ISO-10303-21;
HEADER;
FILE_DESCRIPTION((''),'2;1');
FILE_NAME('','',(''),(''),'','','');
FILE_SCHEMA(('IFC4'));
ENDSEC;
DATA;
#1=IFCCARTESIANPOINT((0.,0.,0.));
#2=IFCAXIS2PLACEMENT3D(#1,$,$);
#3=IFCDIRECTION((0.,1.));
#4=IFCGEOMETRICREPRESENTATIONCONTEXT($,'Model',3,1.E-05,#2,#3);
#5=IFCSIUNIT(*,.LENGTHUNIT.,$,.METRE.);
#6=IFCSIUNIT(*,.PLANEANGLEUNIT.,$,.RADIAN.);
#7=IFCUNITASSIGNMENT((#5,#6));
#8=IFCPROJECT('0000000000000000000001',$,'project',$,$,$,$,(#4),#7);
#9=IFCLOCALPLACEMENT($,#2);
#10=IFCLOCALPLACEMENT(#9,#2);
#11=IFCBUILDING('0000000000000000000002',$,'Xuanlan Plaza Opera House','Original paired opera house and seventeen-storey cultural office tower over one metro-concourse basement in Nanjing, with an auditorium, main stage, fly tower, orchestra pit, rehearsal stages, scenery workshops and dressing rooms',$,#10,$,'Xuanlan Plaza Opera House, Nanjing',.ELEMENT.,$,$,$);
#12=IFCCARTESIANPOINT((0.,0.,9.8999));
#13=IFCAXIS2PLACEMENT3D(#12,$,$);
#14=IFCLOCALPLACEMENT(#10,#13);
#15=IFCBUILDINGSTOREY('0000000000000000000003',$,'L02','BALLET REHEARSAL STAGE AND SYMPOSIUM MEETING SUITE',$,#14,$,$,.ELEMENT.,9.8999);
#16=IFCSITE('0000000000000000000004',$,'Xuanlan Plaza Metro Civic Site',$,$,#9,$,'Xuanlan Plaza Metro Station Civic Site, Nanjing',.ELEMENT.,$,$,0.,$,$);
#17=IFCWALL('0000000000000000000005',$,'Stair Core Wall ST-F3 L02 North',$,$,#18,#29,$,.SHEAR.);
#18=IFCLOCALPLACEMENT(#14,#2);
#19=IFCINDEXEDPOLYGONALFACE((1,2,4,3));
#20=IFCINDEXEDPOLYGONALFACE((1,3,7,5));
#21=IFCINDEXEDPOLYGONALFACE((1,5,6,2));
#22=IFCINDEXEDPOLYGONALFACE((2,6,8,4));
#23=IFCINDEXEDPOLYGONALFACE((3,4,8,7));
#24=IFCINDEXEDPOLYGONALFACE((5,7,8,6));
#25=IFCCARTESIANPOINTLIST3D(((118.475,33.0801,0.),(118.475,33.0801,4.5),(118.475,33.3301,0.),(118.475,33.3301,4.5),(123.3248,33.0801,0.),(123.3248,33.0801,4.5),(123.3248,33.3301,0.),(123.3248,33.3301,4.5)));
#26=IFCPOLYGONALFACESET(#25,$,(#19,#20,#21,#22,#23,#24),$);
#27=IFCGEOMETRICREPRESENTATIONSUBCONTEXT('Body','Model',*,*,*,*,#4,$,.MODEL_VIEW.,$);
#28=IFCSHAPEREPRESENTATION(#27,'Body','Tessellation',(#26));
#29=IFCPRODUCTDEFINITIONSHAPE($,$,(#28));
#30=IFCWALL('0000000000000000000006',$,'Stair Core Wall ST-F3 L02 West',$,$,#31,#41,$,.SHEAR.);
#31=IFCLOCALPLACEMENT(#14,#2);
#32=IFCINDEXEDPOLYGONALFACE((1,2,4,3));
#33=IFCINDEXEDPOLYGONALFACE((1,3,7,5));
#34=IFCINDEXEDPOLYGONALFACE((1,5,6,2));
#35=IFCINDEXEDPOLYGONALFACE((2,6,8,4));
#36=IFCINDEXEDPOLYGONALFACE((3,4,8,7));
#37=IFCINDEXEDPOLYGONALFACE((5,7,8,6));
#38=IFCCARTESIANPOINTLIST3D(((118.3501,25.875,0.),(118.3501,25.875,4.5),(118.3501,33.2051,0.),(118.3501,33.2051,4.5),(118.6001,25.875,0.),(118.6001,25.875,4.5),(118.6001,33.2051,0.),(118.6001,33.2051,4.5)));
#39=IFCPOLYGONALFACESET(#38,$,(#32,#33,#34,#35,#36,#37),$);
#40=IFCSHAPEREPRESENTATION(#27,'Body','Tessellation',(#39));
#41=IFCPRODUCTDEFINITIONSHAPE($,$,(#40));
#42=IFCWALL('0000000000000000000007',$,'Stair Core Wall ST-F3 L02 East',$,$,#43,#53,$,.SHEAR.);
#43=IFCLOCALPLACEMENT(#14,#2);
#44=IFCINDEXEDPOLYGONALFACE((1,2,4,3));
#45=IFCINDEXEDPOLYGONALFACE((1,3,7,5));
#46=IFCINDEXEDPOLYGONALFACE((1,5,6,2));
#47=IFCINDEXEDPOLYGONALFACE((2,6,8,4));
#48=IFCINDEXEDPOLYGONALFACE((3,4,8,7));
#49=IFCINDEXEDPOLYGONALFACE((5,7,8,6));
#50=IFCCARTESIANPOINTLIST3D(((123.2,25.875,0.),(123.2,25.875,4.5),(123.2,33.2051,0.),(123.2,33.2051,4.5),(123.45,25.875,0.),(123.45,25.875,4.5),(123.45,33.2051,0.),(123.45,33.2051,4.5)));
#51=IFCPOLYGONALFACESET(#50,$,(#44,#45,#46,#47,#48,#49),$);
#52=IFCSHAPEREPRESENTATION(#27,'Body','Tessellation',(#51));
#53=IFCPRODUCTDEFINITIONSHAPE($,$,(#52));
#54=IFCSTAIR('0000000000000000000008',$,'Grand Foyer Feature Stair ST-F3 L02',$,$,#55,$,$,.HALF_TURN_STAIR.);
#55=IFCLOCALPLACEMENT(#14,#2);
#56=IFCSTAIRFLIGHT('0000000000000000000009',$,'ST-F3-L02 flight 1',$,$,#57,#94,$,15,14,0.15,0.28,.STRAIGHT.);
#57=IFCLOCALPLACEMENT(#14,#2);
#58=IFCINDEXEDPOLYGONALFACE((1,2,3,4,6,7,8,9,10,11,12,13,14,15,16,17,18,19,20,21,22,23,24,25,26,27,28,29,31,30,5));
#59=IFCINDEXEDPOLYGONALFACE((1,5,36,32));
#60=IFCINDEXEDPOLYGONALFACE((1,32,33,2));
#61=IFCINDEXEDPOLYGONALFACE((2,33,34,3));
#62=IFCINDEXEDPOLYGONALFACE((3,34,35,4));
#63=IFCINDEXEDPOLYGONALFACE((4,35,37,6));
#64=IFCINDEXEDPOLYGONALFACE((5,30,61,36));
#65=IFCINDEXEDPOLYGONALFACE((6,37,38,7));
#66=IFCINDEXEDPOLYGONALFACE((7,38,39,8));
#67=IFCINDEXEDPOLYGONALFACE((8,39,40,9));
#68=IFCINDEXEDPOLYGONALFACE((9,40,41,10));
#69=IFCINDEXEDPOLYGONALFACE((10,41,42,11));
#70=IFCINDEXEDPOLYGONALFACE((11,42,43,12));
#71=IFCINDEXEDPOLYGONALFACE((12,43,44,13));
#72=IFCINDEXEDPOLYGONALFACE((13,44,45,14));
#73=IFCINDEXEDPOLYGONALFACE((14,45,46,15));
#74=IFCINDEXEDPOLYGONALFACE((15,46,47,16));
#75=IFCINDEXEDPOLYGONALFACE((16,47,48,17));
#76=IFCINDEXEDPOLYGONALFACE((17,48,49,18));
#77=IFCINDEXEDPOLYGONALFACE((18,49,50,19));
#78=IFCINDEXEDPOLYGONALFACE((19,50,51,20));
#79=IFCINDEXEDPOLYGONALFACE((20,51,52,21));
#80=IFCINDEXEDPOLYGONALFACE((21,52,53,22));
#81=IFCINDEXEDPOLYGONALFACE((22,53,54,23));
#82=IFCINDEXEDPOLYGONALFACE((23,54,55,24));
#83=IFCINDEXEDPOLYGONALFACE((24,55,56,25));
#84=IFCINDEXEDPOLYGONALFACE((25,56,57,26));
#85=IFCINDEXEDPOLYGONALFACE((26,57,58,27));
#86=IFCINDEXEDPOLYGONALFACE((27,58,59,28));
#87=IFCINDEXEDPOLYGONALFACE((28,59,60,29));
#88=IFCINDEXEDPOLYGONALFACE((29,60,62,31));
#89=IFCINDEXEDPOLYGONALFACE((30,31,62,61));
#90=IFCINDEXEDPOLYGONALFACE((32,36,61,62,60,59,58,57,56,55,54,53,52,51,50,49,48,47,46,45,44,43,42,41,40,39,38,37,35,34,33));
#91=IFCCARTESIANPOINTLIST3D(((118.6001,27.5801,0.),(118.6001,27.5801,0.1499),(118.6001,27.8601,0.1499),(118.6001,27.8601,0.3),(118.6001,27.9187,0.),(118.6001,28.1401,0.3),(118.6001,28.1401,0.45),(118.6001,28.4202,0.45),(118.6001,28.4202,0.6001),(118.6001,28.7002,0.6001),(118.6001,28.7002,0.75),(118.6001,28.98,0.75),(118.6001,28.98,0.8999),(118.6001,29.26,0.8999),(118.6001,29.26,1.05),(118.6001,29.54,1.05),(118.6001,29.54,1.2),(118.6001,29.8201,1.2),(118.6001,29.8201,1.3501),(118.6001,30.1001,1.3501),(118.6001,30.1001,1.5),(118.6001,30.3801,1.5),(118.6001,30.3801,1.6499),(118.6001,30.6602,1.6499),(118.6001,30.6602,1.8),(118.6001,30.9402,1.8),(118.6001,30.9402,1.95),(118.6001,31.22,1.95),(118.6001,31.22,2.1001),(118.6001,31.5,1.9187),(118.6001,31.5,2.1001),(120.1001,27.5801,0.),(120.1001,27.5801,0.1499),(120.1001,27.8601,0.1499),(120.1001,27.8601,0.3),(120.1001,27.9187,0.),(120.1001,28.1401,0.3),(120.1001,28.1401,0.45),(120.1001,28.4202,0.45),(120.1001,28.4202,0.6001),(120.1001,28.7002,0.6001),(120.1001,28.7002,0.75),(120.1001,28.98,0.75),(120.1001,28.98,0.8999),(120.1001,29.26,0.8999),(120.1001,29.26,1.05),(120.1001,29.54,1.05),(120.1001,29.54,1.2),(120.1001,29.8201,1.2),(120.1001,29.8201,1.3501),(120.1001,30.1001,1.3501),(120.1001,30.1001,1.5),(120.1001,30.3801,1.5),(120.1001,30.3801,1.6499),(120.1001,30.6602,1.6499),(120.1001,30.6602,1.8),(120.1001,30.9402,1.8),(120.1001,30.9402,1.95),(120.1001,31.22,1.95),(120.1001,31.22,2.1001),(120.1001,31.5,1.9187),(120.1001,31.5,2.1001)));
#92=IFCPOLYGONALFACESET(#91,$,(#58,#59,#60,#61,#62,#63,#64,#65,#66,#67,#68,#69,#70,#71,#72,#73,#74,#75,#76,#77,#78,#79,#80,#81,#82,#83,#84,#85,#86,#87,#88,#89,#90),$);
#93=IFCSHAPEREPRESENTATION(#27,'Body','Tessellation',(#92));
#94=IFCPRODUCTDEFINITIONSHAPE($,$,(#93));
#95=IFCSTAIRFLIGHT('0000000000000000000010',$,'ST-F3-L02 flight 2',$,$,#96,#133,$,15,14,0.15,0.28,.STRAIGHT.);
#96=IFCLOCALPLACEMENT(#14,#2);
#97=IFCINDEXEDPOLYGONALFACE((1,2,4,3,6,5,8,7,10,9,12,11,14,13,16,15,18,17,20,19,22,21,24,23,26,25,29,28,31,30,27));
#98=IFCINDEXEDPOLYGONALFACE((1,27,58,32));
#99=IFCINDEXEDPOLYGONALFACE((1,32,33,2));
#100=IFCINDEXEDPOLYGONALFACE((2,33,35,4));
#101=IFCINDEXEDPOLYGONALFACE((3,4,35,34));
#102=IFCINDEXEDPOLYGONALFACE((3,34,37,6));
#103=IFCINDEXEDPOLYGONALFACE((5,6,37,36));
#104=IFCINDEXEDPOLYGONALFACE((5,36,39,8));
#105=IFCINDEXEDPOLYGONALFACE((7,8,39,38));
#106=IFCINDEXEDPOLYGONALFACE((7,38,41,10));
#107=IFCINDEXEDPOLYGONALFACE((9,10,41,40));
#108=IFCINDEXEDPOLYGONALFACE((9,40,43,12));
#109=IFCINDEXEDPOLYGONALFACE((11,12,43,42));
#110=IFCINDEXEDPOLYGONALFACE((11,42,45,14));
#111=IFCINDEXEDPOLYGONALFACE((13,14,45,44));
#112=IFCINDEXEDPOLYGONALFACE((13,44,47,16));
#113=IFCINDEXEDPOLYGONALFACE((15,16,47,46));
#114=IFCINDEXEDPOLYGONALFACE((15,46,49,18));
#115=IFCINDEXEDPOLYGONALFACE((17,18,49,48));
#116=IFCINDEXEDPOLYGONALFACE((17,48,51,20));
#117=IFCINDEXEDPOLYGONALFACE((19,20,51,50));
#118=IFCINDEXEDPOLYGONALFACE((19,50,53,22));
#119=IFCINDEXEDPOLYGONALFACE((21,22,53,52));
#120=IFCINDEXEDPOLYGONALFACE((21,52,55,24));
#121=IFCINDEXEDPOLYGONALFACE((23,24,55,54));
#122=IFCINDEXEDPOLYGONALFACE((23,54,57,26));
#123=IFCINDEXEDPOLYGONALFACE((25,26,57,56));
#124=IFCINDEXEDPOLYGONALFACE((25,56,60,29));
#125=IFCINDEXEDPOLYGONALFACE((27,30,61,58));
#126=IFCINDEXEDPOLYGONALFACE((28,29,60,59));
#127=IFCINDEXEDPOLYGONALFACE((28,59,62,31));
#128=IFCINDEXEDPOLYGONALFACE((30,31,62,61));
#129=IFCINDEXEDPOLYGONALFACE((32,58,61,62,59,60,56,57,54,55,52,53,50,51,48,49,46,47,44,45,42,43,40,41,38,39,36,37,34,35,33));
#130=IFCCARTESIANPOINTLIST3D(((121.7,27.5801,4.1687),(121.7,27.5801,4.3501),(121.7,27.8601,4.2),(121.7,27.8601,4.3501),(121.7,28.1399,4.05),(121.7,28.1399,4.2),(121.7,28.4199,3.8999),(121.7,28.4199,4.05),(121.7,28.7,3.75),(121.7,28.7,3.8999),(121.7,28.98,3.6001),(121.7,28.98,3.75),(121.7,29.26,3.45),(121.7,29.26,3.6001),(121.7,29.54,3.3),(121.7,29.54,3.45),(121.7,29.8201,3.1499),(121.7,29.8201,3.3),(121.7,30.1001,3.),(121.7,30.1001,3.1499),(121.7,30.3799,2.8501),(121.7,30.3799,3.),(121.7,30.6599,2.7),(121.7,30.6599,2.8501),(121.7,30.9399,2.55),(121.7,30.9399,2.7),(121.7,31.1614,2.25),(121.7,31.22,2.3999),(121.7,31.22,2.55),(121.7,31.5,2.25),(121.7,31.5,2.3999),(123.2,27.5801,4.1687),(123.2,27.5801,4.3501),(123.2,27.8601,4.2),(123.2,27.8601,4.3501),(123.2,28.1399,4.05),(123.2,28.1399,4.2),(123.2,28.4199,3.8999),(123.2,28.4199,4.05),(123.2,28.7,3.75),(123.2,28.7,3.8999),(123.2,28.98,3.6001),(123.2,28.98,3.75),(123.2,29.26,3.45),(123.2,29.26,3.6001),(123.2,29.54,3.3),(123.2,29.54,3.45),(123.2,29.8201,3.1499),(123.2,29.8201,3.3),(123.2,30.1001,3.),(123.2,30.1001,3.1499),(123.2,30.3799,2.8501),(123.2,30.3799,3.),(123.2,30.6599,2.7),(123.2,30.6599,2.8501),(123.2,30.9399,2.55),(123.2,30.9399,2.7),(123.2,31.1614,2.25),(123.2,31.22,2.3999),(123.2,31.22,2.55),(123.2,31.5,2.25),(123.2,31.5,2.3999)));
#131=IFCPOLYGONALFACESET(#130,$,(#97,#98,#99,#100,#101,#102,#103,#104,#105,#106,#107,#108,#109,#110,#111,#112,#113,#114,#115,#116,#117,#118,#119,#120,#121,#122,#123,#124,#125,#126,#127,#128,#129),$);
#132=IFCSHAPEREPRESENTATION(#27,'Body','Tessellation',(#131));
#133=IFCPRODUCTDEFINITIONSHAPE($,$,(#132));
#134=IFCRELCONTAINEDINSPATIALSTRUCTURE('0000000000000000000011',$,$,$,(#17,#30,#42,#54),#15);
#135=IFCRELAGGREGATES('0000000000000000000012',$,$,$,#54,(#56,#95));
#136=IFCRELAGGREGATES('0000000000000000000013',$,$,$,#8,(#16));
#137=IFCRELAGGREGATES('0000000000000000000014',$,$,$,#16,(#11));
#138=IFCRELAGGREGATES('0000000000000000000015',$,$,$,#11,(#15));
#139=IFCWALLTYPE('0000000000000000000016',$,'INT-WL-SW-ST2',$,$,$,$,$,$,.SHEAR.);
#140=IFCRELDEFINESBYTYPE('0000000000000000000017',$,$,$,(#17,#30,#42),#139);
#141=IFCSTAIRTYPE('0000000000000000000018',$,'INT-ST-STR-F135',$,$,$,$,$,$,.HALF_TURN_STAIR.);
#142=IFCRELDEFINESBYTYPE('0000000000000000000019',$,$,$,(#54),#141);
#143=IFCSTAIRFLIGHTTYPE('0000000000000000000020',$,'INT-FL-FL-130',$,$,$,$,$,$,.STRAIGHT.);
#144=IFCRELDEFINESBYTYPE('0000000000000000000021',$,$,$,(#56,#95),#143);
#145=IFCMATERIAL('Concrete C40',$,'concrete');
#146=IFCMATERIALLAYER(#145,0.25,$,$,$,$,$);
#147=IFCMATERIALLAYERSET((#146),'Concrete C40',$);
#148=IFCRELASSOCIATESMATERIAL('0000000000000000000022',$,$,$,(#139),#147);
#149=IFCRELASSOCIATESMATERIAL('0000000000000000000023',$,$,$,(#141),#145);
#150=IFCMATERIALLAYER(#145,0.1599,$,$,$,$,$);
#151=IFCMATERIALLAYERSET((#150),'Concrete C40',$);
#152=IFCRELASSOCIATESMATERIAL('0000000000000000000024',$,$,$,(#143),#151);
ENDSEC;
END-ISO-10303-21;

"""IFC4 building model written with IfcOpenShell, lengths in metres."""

from ifc_helpers import new_model, si_unit, direction, frame, frame_2d, origin, place, context, subcontext, project, spatial, polyline, rectangle, outline, extrude, material, layer, layer_set, type_object, element, aggregate, save


model = new_model("IFC4")

# Units and contexts
model_context = context("Model", 3, precision=1e-05, world=origin(), true_north=direction((0.0, 1.0)))
body_context = subcontext(model_context, "Body", "Model", "MODEL_VIEW")
ifc_project = project(units=[si_unit("LENGTHUNIT", "METRE"), si_unit("PLANEANGLEUNIT", "RADIAN")], contexts=[model_context])

# Site, building, storey
site_placement = place(None, origin())
site = spatial("IfcSite", under=ifc_project, at=site_placement, Name="Xuanlan Plaza Metro Civic Site", LongName="Xuanlan Plaza Metro Station Civic Site, Nanjing", CompositionType="ELEMENT", RefElevation=0.0)
building_placement = place(site_placement, origin())
building = spatial("IfcBuilding", under=site, at=building_placement, Name="Xuanlan Plaza Opera House", Description="Original paired opera house and seventeen-storey cultural office tower over one metro-concourse basement in Nanjing, with an auditorium, main stage, fly tower, orchestra pit, rehearsal stages, scenery workshops and dressing rooms", LongName="Xuanlan Plaza Opera House, Nanjing", CompositionType="ELEMENT")
storey_placement = place(building_placement, frame((0.0, 0.0, 9.8999)))
storey = spatial("IfcBuildingStorey", under=building, at=storey_placement, Name="L02", Description="BALLET REHEARSAL STAGE AND SYMPOSIUM MEETING SUITE", CompositionType="ELEMENT", Elevation=9.8999)

# Shared definitions
ifc_material_1 = material(Name="Concrete C40", Category="concrete")

# Shared definitions
ifc_layer_1 = layer(ifc_material_1, 0.25)
ifc_layer_set_1 = layer_set([ifc_layer_1], Name="Concrete C40")
wall_type_1 = type_object("IfcWallType", Name="INT-WL-SW-ST2", PredefinedType="SHEAR", material=ifc_layer_set_1)

# Walls
wall_1_placement = place(storey_placement, frame((118.4751, 33.2051, 0.0), z_axis=(0.0, 0.0, 1.0), x_axis=(1.0, 0.0, 0.0)))
element("IfcWall", 1, at=wall_1_placement, inside=storey, type_object=wall_type_1, Name="Stair Core Wall ST-F3 L02 North", PredefinedType="SHEAR", context=body_context, shape_type="SweptSolid", body=[
    extrude(rectangle(XDim=4.8499, YDim=0.25, at=frame_2d((2.4248, 0.0))), origin(), (0.0, 0.0, 1.0), 4.5),
])
for number, where, z_axis, x_axis, name in (
    (2, (118.4751, 25.875, 0.0), (0.0, 0.0, 1.0), (0.0, 1.0, 0.0), "Stair Core Wall ST-F3 L02 West"),
    (3, (123.325, 25.875, 0.0), (0.0, 0.0, 1.0), (0.0, 1.0, 0.0), "Stair Core Wall ST-F3 L02 East"),
):
    element("IfcWall", number, at=place(storey_placement, frame(where, z_axis=z_axis, x_axis=x_axis)), inside=storey, type_object=wall_type_1, Name=name, PredefinedType="SHEAR", context=body_context, shape_type="SweptSolid", body=[
        extrude(rectangle(XDim=7.3301, YDim=0.25, at=frame_2d((3.665, 0.0))), origin(), (0.0, 0.0, 1.0), 4.5),
    ])

# Stair, stair flights
stair_type = type_object("IfcStairType", Name="INT-ST-STR-F135", PredefinedType="HALF_TURN_STAIR", material=ifc_material_1)
stair_placement = place(storey_placement, origin())
stair = element("IfcStair", 4, at=stair_placement, inside=storey, type_object=stair_type, Name="Grand Foyer Feature Stair ST-F3 L02", PredefinedType="HALF_TURN_STAIR")
ifc_layer_2 = layer(ifc_material_1, 0.1599)
ifc_layer_set_2 = layer_set([ifc_layer_2], Name="Concrete C40")
stair_flight_type = type_object("IfcStairFlightType", Name="INT-FL-FL-130", PredefinedType="STRAIGHT", material=ifc_layer_set_2)
stair_flight_1_placement = place(storey_placement, frame((119.3501, 27.5801, 0.0), z_axis=(0.0, 0.0, 1.0), x_axis=(0.0, 1.0, 0.0)))
stair_flight_1 = element("IfcStairFlight", 5, at=stair_flight_1_placement, type_object=stair_flight_type, Name="ST-F3-L02 flight 1", NumberOfRisers=15, NumberOfTreads=14, PredefinedType="STRAIGHT", RiserHeight=0.15, TreadLength=0.28, context=body_context, shape_type="SweptSolid", body=[
    extrude(outline(polyline([(0.0, 0.0), (0.0, 0.1499), (0.28, 0.1499), (0.28, 0.3), (0.5601, 0.3), (0.5601, 0.45), (0.8401, 0.45), (0.8401, 0.6001), (1.1201, 0.6001), (1.1201, 0.75), (1.3999, 0.75), (1.3999, 0.8999), (1.6799, 0.8999), (1.6799, 1.05), (1.96, 1.05), (1.96, 1.2), (2.24, 1.2), (2.24, 1.3501), (2.52, 1.3501), (2.52, 1.5), (2.8, 1.5), (2.8, 1.6499), (3.0801, 1.6499), (3.0801, 1.8), (3.3601, 1.8), (3.3601, 1.95), (3.6399, 1.95), (3.6399, 2.1001), (3.9199, 2.1001), (3.9199, 2.25), (3.9199, 1.9187), (0.3386, 0.0), (0.0, 0.0)])), frame((0.0, 0.75, 0.0), z_axis=(0.0, -1.0, 0.0), x_axis=(1.0, 0.0, 0.0)), (0.0, 0.0, 1.0), 1.5),
])
stair_flight_2_placement = place(storey_placement, frame((122.45, 31.5, 2.25), z_axis=(0.0, 0.0, 1.0), x_axis=(0.0, -1.0, 0.0)))
stair_flight_2 = element("IfcStairFlight", 6, at=stair_flight_2_placement, type_object=stair_flight_type, Name="ST-F3-L02 flight 2", NumberOfRisers=15, NumberOfTreads=14, PredefinedType="STRAIGHT", RiserHeight=0.15, TreadLength=0.28, context=body_context, shape_type="SweptSolid", body=[
    extrude(outline(polyline([(0.0, 0.0), (0.0, 0.1499), (0.28, 0.1499), (0.28, 0.3), (0.5601, 0.3), (0.5601, 0.45), (0.8401, 0.45), (0.8401, 0.6001), (1.1201, 0.6001), (1.1201, 0.75), (1.3999, 0.75), (1.3999, 0.8999), (1.6799, 0.8999), (1.6799, 1.05), (1.96, 1.05), (1.96, 1.2), (2.24, 1.2), (2.24, 1.3501), (2.52, 1.3501), (2.52, 1.5), (2.8, 1.5), (2.8, 1.6499), (3.0801, 1.6499), (3.0801, 1.8), (3.3601, 1.8), (3.3601, 1.95), (3.6399, 1.95), (3.6399, 2.1001), (3.9199, 2.1001), (3.9199, 2.25), (3.9199, 1.9187), (0.3386, 0.0), (0.0, 0.0)])), frame((0.0, 0.75, 0.0), z_axis=(0.0, -1.0, 0.0), x_axis=(1.0, 0.0, 0.0)), (0.0, 0.0, 1.0), 1.5),
])
aggregate(stair, [stair_flight_1, stair_flight_2])

save(model, "model.ifc")
